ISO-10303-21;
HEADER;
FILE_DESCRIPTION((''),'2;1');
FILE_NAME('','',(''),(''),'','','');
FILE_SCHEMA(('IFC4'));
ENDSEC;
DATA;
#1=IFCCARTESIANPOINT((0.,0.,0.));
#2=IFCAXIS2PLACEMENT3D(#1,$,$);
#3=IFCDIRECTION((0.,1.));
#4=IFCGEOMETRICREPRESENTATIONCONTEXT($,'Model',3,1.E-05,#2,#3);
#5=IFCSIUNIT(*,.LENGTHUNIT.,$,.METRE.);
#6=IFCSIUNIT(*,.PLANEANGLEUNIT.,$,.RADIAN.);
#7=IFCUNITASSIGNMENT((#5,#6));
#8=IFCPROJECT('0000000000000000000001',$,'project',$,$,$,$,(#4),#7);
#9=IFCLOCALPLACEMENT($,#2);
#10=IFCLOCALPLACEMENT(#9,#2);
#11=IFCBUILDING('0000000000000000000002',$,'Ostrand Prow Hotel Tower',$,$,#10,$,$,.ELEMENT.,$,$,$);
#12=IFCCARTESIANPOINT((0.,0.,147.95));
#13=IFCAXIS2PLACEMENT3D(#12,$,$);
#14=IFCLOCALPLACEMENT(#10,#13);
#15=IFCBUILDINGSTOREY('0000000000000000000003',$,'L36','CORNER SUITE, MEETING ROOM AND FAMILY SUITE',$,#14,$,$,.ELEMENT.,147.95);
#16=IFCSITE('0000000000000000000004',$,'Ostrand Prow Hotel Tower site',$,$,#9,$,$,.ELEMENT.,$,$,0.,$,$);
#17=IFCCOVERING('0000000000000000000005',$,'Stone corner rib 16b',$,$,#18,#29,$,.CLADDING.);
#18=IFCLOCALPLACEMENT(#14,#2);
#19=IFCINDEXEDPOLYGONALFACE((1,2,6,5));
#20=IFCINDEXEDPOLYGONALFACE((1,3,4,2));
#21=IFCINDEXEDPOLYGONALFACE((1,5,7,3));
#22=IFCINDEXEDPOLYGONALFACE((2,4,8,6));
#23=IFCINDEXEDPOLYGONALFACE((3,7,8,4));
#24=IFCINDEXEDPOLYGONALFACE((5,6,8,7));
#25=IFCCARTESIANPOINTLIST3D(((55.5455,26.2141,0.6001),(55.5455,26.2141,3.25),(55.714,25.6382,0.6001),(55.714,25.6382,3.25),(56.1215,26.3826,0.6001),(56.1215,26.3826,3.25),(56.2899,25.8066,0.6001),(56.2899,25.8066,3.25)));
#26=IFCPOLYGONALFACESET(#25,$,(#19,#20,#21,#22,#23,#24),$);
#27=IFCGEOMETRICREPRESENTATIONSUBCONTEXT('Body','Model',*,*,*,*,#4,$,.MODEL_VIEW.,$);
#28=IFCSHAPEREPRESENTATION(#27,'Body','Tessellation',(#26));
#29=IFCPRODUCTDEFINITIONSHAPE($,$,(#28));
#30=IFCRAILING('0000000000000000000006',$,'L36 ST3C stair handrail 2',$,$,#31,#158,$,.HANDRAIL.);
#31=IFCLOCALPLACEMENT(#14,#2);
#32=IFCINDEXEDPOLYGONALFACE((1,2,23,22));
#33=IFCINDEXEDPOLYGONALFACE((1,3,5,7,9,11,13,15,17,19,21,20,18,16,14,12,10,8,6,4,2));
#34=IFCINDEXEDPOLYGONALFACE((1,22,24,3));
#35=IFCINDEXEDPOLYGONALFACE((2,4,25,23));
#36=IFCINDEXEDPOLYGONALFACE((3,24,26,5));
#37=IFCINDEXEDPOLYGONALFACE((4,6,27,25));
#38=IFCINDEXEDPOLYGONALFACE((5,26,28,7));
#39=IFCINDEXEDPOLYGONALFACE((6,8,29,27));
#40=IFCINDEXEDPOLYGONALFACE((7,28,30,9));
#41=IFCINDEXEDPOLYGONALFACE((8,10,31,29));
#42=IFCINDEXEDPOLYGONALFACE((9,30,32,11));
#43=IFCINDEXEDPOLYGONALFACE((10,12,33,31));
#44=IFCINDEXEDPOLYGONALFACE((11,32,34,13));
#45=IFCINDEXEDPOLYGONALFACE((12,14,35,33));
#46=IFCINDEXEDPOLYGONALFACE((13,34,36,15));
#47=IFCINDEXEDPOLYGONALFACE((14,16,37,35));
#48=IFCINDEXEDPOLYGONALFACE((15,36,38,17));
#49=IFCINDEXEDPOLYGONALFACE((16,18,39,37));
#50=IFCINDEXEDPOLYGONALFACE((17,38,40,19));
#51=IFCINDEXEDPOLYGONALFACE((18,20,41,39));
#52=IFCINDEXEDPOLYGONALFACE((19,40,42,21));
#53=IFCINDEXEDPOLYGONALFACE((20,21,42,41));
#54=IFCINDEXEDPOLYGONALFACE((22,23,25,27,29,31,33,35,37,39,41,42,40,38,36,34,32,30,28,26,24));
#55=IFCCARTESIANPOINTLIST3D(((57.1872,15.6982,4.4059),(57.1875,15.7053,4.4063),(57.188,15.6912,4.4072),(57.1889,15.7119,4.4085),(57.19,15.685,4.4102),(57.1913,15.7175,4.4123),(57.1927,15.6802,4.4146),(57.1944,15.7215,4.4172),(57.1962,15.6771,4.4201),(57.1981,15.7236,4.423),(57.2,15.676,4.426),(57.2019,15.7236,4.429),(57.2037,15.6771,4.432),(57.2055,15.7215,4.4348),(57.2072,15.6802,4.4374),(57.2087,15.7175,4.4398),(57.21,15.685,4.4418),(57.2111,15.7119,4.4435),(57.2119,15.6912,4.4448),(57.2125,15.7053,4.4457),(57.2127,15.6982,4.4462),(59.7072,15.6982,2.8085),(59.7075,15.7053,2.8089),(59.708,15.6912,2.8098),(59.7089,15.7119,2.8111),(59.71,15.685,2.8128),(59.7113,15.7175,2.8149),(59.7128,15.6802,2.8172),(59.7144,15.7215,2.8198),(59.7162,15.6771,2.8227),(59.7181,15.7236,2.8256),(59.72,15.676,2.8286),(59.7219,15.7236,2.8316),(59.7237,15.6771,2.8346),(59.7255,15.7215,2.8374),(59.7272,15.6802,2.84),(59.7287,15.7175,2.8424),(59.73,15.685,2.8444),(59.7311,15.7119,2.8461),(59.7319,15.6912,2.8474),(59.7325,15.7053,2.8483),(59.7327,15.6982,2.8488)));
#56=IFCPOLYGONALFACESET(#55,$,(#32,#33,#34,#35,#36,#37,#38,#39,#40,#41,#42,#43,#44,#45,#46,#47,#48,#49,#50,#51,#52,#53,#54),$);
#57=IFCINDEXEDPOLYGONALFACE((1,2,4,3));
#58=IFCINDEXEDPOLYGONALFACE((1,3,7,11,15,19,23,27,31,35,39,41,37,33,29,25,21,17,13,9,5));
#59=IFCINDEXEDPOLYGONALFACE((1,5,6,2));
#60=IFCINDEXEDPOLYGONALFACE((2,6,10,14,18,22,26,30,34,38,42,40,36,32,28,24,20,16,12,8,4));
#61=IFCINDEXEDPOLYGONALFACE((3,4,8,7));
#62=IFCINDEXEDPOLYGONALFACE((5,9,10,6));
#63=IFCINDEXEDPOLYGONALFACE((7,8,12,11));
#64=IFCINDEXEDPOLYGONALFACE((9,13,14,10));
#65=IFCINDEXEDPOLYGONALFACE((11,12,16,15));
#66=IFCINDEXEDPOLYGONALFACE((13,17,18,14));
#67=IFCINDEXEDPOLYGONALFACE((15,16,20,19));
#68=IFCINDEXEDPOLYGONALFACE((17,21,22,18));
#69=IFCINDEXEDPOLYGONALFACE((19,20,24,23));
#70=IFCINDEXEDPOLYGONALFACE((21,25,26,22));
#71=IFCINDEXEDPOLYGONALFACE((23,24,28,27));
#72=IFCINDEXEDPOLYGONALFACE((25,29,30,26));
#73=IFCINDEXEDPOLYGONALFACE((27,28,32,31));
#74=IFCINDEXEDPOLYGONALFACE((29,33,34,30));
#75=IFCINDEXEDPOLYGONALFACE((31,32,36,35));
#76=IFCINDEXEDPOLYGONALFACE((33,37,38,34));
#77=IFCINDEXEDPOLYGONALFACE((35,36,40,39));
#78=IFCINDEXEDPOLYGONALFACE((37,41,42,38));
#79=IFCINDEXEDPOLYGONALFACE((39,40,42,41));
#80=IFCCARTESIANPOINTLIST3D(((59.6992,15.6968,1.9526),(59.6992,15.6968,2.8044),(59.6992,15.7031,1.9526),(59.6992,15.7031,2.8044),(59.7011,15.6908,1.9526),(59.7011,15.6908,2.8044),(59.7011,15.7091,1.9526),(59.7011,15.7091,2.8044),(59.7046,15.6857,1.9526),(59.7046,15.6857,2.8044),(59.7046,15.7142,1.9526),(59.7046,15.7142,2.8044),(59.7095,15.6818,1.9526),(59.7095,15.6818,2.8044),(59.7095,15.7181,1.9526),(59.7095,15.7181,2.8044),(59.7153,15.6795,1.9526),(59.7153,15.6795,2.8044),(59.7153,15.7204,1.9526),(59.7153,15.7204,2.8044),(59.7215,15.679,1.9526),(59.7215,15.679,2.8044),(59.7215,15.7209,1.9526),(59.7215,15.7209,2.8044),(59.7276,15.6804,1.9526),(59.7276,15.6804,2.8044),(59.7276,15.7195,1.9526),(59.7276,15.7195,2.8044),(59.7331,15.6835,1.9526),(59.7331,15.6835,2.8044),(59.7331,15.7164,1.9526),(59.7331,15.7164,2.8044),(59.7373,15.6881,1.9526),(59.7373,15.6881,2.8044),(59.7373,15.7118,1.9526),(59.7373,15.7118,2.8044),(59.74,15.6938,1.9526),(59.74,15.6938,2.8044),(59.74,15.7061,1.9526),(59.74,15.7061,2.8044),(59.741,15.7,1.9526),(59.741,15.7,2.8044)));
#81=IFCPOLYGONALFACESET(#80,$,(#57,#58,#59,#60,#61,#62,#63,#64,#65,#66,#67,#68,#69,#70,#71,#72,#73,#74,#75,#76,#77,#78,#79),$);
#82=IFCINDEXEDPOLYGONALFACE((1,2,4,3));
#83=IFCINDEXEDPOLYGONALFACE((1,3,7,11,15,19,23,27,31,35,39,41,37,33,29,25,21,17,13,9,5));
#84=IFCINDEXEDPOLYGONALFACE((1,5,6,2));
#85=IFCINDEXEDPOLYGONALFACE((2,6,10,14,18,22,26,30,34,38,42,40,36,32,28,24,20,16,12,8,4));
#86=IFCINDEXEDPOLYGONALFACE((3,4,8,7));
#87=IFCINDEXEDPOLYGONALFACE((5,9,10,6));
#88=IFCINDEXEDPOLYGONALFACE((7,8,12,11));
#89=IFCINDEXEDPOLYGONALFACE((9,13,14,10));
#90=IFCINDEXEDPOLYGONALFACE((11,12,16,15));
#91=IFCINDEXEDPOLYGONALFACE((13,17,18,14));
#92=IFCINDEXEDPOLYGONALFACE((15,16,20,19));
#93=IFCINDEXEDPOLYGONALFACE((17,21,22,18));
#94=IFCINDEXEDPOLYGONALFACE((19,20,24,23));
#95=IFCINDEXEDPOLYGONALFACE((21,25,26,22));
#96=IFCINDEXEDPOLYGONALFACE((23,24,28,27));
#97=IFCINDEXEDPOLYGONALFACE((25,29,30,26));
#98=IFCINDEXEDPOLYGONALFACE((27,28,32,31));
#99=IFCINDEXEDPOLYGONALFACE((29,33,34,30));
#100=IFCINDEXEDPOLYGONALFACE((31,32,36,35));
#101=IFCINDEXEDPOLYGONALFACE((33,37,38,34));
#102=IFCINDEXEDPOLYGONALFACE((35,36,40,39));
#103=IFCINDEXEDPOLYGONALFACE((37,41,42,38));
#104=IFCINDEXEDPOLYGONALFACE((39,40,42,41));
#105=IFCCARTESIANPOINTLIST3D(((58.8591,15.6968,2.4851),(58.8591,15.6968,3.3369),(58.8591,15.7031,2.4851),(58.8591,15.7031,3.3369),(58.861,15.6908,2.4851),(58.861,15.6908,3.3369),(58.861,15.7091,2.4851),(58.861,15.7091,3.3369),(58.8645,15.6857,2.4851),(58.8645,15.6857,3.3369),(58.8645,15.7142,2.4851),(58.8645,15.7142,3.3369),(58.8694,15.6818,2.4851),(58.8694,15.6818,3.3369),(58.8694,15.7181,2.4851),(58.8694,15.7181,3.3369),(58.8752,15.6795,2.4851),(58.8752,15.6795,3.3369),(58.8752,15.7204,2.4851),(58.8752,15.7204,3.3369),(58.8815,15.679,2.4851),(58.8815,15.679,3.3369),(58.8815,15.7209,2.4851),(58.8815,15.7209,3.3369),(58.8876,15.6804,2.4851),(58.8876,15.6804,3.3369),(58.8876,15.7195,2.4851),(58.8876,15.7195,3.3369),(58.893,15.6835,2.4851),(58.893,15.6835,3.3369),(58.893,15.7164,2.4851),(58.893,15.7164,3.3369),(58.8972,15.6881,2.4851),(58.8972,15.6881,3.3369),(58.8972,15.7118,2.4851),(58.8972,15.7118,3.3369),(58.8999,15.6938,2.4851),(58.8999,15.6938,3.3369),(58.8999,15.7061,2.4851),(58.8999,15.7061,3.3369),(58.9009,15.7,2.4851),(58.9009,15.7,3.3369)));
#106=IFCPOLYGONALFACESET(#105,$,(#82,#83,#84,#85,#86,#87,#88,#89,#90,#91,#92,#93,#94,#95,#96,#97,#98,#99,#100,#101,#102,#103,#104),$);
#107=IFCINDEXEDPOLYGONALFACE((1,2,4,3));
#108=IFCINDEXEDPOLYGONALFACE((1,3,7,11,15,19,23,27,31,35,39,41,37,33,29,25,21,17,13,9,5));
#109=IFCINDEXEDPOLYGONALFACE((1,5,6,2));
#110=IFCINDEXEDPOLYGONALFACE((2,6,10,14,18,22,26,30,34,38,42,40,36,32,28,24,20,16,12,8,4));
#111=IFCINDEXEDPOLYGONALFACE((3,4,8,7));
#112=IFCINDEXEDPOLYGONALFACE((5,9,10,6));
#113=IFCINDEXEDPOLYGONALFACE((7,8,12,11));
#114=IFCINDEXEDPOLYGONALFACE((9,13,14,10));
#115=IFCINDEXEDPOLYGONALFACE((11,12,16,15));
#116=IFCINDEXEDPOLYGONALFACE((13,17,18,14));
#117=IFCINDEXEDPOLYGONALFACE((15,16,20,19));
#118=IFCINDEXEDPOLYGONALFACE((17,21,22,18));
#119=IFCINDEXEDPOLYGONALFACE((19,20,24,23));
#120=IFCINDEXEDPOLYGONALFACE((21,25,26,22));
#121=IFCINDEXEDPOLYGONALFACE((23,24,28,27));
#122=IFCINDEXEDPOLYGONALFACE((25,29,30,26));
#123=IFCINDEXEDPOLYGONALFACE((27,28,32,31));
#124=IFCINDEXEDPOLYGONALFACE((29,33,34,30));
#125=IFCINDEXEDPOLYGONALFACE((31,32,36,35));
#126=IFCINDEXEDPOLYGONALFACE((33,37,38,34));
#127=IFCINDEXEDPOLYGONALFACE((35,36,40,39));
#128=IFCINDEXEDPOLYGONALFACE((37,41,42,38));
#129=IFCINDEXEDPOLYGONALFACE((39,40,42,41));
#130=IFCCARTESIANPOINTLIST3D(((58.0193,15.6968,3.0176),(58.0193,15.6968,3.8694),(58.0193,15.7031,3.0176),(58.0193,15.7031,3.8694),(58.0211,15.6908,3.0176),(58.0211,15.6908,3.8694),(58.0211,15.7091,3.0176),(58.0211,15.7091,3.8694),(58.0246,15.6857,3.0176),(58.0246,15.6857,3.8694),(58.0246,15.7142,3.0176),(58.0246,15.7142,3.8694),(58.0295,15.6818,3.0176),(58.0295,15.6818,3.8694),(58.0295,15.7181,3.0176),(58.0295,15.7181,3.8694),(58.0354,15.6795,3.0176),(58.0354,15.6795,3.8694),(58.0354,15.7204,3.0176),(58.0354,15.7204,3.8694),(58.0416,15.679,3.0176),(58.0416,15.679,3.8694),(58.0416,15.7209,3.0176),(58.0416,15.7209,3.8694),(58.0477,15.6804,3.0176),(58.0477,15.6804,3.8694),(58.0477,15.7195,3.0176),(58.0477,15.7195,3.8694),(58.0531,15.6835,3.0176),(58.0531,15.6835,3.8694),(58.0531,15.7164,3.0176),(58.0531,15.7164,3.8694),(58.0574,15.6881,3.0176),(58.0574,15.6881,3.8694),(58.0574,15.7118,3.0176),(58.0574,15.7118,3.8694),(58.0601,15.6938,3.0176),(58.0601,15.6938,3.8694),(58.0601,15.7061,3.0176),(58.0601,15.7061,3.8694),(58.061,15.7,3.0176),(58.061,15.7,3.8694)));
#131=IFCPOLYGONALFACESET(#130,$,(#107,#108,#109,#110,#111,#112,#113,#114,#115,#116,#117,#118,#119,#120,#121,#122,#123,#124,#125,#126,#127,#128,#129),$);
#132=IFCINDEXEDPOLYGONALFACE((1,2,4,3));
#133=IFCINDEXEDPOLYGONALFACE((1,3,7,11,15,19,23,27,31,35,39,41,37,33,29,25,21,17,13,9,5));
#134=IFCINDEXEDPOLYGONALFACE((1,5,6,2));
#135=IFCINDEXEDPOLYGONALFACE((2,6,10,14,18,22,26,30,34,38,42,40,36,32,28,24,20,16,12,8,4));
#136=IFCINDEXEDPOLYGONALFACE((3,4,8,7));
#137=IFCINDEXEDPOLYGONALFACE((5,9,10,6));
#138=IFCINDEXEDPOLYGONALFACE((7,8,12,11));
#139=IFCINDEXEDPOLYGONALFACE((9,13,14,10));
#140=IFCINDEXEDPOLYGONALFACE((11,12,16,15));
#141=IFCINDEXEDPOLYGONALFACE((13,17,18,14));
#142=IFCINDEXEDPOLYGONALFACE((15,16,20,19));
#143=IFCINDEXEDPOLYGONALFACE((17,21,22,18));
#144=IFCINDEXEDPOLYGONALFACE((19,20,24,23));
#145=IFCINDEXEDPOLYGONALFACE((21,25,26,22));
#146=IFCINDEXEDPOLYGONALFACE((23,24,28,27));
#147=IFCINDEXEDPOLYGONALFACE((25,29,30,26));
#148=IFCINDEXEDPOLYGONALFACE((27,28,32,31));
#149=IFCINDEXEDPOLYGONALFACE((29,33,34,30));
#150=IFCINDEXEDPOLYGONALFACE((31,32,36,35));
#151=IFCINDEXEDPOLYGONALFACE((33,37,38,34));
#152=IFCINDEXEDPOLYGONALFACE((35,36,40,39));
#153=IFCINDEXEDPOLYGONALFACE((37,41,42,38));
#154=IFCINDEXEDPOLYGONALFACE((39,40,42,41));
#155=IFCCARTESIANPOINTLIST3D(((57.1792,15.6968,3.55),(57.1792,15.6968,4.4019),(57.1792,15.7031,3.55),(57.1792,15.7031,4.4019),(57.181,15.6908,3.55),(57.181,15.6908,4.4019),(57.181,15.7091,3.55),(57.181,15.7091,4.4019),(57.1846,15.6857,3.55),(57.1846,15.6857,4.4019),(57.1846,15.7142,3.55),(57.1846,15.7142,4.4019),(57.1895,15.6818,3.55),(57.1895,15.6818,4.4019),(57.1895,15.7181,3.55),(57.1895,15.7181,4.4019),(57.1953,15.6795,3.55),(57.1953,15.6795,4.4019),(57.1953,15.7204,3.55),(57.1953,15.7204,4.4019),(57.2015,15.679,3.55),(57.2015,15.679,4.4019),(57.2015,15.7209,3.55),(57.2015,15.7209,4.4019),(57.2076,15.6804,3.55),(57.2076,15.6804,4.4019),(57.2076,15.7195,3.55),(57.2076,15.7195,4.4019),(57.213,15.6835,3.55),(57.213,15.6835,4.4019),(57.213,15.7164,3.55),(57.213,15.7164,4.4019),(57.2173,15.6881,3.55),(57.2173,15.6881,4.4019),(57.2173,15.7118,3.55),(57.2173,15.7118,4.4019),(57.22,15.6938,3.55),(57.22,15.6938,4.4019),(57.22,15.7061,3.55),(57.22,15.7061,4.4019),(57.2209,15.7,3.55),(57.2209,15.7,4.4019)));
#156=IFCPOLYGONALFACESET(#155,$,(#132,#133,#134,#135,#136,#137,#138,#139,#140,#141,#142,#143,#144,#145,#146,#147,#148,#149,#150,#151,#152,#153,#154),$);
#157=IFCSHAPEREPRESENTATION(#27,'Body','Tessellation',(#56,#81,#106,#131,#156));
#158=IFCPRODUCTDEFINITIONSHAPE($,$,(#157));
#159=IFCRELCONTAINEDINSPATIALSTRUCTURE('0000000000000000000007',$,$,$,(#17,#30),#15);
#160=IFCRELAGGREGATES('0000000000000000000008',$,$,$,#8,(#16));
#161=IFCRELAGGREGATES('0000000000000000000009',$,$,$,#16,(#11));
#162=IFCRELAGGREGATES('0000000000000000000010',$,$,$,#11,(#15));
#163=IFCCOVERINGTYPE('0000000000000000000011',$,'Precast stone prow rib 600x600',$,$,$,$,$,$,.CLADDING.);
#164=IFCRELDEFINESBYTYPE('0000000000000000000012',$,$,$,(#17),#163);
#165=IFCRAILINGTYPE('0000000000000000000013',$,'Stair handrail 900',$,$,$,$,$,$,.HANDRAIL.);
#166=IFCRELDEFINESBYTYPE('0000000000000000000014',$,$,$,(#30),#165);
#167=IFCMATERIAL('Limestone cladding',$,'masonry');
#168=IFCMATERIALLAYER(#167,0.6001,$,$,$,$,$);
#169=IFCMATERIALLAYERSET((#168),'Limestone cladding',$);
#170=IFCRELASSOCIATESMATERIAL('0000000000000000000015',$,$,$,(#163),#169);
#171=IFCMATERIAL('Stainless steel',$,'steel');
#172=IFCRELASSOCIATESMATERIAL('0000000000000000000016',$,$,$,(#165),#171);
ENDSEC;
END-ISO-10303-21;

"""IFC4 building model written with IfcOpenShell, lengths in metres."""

from ifc_helpers import new_model, si_unit, direction, frame, frame_2d, origin, origin_2d, place, context, subcontext, project, spatial, rectangle, circle, extrude, material, layer, layer_set, type_object, element, save


model = new_model("IFC4")

# Units and contexts
model_context = context("Model", 3, precision=1e-05, world=origin(), true_north=direction((0.0, 1.0)))
body_context = subcontext(model_context, "Body", "Model", "MODEL_VIEW")
ifc_project = project(units=[si_unit("LENGTHUNIT", "METRE"), si_unit("PLANEANGLEUNIT", "RADIAN")], contexts=[model_context])

# Site, building, storey
site_placement = place(None, origin())
site = spatial("IfcSite", under=ifc_project, at=site_placement, Name="Ostrand Prow Hotel Tower site", CompositionType="ELEMENT", RefElevation=0.0)
building_placement = place(site_placement, origin())
building = spatial("IfcBuilding", under=site, at=building_placement, Name="Ostrand Prow Hotel Tower", CompositionType="ELEMENT")
storey_placement = place(building_placement, frame((0.0, 0.0, 147.95)))
storey = spatial("IfcBuildingStorey", under=building, at=storey_placement, Name="L36", Description="CORNER SUITE, MEETING ROOM AND FAMILY SUITE", CompositionType="ELEMENT", Elevation=147.95)

# Covering
ifc_material_1 = material(Name="Limestone cladding", Category="masonry")
ifc_layer_1 = layer(ifc_material_1, 0.6001)
ifc_layer_set_1 = layer_set([ifc_layer_1], Name="Limestone cladding")
covering_type = type_object("IfcCoveringType", Name="Precast stone prow rib 600x600", PredefinedType="CLADDING", material=ifc_layer_set_1)
covering_1_placement = place(storey_placement, frame((56.002, 25.7224, 0.6001), z_axis=(0.0, 0.0, 1.0), x_axis=(-0.280734, 0.959786, 0.0)))
element("IfcCovering", 1, at=covering_1_placement, inside=storey, type_object=covering_type, Name="Stone corner rib 16b", PredefinedType="CLADDING", context=body_context, shape_type="SweptSolid", body=[
    extrude(rectangle(XDim=0.6001, YDim=0.6001, at=frame_2d((0.3, 0.0))), origin(), (0.0, 0.0, 1.0), 2.6499),
])

# Railing
ifc_material_2 = material(Name="Stainless steel", Category="steel")
railing_type = type_object("IfcRailingType", Name="Stair handrail 900", PredefinedType="HANDRAIL", material=ifc_material_2)
railing_placement = place(storey_placement, frame((59.72, 15.7, 1.9526)))
element("IfcRailing", 2, at=railing_placement, inside=storey, type_object=railing_type, Name="L36 ST3C stair handrail 2", PredefinedType="HANDRAIL", context=body_context, shape_type="SweptSolid", body=[
    extrude(circle(Radius=0.0239, at=origin_2d()), frame((0.0, 0.0, 0.876), z_axis=(-0.844607, 0.0, 0.535387), x_axis=(0.0, -1.0, 0.0)), (0.0, 0.0, 1.0), 2.9836),
    extrude(circle(Radius=0.021, at=origin_2d()), origin(), (0.0, 0.0, 1.0), 0.8518),
    extrude(circle(Radius=0.021, at=origin_2d()), frame((-0.8401, 0.0, 0.5325)), (0.0, 0.0, 1.0), 0.8518),
    extrude(circle(Radius=0.021, at=origin_2d()), frame((-1.6799, 0.0, 1.0649)), (0.0, 0.0, 1.0), 0.8518),
    extrude(circle(Radius=0.021, at=origin_2d()), frame((-2.52, 0.0, 1.5974)), (0.0, 0.0, 1.0), 0.8518),
])

save(model, "model.ifc")
